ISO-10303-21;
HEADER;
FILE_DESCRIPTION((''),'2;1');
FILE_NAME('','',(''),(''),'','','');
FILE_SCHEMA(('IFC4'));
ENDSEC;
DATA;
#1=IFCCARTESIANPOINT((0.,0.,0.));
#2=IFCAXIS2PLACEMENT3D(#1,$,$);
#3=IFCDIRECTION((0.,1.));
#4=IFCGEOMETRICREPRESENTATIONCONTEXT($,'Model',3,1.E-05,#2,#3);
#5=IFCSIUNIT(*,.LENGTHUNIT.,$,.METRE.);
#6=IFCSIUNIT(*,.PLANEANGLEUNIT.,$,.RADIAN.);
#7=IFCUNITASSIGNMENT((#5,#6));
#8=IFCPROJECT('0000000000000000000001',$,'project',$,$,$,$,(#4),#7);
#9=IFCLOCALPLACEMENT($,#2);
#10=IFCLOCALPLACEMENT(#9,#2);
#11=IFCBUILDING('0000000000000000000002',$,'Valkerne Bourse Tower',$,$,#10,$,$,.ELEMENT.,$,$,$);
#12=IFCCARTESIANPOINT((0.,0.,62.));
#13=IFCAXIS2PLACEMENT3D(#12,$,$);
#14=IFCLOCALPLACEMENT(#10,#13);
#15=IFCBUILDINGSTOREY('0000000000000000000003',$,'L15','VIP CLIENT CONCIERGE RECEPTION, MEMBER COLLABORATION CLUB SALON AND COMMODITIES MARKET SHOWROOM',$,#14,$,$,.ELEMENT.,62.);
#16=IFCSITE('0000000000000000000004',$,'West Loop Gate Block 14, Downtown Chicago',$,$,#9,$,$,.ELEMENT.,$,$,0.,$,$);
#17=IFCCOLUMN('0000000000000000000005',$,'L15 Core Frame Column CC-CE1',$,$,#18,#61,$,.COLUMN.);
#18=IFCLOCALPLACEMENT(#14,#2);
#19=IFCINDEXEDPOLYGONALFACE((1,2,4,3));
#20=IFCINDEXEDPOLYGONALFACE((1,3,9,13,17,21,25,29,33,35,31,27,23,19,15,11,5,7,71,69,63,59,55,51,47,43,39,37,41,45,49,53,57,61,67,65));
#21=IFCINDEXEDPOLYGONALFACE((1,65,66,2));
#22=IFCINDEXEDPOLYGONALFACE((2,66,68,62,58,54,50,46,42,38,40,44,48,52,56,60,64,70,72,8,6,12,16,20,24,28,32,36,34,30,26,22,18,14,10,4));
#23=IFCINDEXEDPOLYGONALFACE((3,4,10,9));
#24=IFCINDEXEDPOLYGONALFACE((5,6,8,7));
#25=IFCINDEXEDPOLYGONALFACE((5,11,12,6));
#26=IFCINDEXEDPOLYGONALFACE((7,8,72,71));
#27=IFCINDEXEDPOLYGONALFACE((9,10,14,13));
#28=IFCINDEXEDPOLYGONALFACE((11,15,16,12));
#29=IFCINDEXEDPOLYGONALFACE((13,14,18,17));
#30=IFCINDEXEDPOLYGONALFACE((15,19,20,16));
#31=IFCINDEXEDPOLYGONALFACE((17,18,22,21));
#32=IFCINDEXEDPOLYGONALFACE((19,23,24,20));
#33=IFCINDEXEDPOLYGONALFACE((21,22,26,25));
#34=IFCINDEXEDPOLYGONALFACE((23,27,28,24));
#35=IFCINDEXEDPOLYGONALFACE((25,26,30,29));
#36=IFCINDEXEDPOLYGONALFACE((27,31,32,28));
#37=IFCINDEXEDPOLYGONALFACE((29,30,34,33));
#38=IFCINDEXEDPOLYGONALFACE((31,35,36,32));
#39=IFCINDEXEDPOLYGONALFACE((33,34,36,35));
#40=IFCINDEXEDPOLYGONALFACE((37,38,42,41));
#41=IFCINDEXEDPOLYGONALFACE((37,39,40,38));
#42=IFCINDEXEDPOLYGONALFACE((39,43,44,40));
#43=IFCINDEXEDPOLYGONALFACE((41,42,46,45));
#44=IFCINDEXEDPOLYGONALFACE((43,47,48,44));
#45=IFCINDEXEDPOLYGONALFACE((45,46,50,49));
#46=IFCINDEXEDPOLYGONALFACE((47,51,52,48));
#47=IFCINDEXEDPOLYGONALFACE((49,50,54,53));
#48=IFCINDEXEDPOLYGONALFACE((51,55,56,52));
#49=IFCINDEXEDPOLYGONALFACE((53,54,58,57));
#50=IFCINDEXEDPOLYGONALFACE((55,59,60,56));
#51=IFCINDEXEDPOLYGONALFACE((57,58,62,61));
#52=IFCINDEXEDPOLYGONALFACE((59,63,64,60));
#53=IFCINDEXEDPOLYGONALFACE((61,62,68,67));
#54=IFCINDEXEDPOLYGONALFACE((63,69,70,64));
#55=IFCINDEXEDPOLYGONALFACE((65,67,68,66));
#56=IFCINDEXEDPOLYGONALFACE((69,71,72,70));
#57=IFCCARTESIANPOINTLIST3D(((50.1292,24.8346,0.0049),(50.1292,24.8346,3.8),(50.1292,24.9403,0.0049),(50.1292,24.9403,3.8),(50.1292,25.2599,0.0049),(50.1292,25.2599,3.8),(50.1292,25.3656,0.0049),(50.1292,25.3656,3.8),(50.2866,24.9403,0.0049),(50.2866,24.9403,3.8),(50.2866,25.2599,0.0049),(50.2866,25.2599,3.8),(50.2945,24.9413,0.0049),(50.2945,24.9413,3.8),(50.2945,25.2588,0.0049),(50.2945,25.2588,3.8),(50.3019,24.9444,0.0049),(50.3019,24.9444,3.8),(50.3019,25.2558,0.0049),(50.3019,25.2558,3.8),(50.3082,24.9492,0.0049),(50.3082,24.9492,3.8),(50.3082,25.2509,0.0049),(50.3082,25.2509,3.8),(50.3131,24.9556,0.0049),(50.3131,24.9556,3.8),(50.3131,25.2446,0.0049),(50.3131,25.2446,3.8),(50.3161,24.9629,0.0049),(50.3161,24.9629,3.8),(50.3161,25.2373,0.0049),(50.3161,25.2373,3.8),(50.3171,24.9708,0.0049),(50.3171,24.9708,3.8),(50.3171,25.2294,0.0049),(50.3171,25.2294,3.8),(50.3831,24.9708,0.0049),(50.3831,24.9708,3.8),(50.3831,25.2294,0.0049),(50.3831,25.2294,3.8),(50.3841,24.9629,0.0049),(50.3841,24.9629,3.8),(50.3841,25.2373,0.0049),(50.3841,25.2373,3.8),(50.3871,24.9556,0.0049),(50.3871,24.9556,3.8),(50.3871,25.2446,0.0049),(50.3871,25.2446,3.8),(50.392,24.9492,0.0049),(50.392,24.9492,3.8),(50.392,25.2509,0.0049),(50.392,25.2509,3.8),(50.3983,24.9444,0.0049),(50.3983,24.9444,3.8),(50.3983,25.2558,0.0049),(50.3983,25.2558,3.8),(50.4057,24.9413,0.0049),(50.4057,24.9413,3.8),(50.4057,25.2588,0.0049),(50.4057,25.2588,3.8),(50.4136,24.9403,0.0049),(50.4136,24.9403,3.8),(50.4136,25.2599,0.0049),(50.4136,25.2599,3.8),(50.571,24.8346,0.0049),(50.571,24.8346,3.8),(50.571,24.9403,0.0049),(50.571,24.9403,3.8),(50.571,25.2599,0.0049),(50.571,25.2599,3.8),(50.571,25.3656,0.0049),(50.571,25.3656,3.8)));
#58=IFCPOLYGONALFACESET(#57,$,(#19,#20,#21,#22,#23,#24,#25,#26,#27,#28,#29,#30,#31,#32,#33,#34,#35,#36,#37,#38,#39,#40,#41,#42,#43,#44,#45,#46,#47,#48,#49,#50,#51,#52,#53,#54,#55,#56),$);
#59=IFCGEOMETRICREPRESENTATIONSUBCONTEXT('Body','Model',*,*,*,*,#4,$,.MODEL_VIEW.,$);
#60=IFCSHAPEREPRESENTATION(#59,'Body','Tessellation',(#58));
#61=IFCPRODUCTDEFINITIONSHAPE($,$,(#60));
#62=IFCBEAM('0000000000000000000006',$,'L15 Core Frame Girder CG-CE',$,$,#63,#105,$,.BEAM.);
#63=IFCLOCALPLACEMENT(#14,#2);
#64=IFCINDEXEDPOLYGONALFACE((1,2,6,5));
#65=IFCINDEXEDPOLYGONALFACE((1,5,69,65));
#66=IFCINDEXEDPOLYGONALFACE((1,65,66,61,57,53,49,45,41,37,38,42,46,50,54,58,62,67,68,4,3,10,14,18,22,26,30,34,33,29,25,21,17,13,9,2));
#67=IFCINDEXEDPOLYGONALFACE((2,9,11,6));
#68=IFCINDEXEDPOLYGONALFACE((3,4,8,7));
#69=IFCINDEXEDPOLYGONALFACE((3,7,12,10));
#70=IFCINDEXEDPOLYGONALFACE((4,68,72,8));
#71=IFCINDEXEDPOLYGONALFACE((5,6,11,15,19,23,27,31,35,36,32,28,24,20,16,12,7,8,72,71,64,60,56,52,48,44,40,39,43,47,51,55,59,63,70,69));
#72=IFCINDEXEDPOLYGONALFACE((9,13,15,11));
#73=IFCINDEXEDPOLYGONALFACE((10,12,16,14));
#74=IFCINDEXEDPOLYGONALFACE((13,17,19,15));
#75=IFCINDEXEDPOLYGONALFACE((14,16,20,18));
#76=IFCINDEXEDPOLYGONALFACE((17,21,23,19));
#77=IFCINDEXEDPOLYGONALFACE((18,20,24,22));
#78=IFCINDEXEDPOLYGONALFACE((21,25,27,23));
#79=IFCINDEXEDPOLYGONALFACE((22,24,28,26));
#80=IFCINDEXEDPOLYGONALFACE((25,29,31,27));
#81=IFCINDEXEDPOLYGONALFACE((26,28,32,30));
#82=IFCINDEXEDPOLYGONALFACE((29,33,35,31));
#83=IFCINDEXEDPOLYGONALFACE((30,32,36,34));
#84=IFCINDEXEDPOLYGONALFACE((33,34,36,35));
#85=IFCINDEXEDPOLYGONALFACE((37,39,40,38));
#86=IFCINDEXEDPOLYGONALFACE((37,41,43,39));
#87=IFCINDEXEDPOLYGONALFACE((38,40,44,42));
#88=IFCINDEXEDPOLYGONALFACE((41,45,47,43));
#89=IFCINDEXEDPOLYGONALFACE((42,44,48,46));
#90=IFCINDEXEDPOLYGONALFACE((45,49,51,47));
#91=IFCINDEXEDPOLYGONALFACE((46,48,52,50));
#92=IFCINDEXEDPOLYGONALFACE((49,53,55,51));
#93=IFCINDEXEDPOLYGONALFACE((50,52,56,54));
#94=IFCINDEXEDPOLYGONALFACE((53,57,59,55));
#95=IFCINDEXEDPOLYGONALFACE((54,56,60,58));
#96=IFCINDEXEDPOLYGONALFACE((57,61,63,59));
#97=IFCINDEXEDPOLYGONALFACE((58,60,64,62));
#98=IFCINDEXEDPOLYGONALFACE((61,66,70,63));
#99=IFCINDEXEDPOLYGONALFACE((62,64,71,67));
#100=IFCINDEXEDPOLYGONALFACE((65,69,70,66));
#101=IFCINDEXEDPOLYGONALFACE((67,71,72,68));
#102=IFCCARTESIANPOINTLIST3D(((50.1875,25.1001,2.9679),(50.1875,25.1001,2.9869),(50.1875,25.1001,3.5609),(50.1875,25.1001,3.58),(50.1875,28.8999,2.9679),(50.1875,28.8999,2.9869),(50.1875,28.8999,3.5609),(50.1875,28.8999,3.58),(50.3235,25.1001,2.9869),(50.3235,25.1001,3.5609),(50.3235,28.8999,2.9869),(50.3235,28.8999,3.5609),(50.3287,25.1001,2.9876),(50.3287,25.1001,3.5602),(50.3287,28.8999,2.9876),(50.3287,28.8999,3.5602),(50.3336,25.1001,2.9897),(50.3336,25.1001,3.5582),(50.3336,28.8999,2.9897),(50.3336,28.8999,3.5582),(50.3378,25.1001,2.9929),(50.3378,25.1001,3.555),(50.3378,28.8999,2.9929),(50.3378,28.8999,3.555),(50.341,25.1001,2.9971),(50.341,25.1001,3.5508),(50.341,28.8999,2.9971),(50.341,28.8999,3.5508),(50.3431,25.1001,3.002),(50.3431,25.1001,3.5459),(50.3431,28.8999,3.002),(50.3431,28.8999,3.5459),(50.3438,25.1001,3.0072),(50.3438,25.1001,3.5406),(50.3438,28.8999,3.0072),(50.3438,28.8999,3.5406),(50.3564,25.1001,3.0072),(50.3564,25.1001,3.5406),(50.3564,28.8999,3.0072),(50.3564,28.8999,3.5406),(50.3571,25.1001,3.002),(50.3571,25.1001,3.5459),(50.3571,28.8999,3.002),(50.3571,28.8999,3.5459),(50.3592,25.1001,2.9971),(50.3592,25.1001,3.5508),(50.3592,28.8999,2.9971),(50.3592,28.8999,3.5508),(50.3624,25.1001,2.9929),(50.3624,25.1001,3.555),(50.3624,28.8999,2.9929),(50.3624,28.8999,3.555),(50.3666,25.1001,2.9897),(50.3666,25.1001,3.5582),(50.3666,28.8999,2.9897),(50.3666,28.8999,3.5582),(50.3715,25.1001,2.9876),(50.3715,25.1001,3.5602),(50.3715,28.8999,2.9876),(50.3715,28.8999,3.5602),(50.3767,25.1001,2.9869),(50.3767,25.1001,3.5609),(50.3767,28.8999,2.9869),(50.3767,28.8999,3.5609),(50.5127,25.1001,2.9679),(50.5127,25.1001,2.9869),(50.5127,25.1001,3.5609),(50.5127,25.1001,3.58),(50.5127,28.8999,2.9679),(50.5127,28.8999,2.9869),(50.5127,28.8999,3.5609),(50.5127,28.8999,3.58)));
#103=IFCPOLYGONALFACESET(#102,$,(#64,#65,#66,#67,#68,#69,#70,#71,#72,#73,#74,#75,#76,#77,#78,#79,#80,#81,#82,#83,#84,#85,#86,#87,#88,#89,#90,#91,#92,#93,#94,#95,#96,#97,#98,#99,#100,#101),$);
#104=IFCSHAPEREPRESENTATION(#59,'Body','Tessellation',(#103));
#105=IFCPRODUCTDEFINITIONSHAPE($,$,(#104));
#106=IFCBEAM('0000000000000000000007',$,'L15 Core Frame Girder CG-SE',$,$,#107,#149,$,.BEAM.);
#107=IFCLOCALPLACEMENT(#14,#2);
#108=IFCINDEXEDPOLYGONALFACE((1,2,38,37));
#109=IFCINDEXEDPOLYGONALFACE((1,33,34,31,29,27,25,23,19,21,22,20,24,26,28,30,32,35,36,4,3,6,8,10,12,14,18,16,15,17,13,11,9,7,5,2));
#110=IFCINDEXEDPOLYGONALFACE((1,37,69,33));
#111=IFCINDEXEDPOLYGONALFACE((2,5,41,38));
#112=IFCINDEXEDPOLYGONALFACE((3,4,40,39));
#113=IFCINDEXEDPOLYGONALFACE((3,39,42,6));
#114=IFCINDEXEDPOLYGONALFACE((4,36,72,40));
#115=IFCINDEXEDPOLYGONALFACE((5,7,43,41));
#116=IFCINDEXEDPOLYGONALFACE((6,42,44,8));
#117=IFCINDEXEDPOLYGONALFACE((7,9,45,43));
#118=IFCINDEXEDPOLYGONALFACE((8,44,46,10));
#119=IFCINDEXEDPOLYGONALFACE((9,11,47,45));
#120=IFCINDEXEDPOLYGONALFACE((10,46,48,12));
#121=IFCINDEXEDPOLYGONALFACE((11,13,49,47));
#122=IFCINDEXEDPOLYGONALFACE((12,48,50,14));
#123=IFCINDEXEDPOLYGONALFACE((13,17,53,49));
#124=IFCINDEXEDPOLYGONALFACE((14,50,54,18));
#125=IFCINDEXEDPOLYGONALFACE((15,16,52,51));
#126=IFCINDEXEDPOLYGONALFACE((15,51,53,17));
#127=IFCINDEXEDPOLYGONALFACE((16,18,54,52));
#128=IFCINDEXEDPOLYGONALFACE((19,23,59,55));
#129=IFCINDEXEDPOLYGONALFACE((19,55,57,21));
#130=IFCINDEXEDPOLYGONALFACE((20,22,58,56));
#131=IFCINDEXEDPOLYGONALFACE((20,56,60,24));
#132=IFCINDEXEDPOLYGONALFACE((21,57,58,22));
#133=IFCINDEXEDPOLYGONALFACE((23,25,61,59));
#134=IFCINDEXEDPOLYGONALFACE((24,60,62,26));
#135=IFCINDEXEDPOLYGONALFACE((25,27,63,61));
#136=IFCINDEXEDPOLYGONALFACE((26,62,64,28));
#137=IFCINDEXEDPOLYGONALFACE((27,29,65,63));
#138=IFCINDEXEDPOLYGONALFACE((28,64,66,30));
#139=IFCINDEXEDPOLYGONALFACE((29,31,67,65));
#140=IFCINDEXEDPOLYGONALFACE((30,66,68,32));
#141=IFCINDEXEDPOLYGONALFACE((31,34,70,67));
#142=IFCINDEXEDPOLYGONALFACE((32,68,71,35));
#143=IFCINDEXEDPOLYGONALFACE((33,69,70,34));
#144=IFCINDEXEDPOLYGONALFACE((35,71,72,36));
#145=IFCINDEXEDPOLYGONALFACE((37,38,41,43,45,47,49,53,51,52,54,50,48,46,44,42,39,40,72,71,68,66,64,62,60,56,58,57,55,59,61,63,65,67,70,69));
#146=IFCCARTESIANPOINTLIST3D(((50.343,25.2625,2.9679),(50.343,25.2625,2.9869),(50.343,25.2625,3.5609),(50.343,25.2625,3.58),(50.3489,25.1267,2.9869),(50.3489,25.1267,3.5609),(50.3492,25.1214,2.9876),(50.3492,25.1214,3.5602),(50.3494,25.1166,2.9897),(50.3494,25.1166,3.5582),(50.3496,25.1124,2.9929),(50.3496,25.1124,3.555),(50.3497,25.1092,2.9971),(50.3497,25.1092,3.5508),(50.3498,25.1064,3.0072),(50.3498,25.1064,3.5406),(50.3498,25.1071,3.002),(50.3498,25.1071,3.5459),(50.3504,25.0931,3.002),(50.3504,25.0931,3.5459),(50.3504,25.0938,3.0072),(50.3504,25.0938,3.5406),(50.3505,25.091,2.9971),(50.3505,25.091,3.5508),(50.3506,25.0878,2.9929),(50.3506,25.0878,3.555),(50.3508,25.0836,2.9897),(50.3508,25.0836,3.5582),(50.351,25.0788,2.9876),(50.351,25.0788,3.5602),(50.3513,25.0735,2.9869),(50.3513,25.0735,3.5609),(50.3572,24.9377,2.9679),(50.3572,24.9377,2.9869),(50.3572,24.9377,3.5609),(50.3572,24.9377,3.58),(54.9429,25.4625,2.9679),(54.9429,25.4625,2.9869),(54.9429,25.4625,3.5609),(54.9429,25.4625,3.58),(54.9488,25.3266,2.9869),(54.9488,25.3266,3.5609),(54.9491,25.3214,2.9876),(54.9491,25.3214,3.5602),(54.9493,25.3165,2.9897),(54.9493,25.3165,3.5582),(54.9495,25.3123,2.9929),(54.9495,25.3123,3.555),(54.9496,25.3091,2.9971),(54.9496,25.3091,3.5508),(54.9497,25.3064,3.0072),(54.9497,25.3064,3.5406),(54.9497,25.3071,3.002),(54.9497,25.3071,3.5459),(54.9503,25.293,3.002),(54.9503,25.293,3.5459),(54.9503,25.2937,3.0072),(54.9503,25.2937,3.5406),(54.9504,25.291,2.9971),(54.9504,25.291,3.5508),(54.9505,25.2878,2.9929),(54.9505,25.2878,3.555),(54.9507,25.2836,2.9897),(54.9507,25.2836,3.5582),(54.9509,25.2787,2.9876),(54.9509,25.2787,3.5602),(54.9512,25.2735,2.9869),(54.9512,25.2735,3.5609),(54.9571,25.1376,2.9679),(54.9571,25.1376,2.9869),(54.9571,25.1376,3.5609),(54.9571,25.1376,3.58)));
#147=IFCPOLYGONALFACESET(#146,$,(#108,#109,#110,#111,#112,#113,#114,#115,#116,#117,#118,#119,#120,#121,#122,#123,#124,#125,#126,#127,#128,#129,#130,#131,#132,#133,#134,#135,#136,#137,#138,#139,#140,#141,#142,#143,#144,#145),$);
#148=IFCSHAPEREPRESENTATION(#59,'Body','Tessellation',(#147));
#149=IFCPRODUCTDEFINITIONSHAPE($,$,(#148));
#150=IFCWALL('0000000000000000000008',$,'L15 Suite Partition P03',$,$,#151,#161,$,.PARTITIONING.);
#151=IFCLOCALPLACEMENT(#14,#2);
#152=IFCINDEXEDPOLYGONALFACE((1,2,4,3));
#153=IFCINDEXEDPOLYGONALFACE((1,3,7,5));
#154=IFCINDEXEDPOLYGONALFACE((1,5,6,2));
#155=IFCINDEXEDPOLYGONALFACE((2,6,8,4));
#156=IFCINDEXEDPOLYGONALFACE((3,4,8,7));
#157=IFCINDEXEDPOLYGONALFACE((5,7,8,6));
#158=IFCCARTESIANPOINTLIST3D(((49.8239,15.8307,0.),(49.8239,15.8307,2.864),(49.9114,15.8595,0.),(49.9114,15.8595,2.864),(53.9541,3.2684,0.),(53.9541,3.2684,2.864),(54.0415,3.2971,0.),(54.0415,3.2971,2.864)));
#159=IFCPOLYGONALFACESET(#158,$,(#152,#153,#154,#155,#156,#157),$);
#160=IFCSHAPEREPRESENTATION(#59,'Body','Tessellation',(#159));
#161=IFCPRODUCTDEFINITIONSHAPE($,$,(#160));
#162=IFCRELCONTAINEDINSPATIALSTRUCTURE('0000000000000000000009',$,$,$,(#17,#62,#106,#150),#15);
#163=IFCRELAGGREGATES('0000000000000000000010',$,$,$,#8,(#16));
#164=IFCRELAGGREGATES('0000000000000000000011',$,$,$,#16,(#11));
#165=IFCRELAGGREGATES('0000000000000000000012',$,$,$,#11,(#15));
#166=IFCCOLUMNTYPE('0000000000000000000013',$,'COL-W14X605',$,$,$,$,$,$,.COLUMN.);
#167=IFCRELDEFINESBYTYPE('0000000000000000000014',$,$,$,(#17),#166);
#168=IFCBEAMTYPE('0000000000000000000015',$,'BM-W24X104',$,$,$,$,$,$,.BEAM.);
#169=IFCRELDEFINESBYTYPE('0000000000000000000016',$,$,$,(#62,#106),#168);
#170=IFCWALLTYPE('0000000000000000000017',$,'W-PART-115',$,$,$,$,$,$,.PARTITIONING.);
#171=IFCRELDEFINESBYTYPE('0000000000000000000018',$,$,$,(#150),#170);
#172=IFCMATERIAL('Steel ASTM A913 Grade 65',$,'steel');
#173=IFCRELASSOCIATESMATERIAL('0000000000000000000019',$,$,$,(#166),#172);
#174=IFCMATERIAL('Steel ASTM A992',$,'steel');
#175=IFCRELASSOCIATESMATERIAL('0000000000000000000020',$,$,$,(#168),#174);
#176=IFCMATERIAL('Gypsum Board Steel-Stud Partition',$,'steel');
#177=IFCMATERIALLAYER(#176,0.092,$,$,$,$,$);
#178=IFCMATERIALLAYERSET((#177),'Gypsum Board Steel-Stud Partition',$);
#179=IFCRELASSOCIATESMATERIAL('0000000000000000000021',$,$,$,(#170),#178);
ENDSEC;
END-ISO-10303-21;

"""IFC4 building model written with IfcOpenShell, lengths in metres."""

from ifc_helpers import new_model, si_unit, direction, frame, frame_2d, origin, origin_2d, place, context, subcontext, project, spatial, rectangle, i_section, extrude, material, layer, layer_set, material_profile, profile_set, type_object, element, save


model = new_model("IFC4")

# Units and contexts
model_context = context("Model", 3, precision=1e-05, world=origin(), true_north=direction((0.0, 1.0)))
body_context = subcontext(model_context, "Body", "Model", "MODEL_VIEW")
ifc_project = project(units=[si_unit("LENGTHUNIT", "METRE"), si_unit("PLANEANGLEUNIT", "RADIAN")], contexts=[model_context])

# Site, building, storey
site_placement = place(None, origin())
site = spatial("IfcSite", under=ifc_project, at=site_placement, Name="West Loop Gate Block 14, Downtown Chicago", CompositionType="ELEMENT", RefElevation=0.0)
building_placement = place(site_placement, origin())
building = spatial("IfcBuilding", under=site, at=building_placement, Name="Valkerne Bourse Tower", CompositionType="ELEMENT")
storey_placement = place(building_placement, frame((0.0, 0.0, 62.0)))
storey = spatial("IfcBuildingStorey", under=building, at=storey_placement, Name="L15", Description="VIP CLIENT CONCIERGE RECEPTION, MEMBER COLLABORATION CLUB SALON AND COMMODITIES MARKET SHOWROOM", CompositionType="ELEMENT", Elevation=62.0)

# Column
ifc_material_1 = material(Name="Steel ASTM A913 Grade 65", Category="steel")
ifc_material_profile_1 = material_profile(ifc_material_1, i_section(OverallWidth=0.4419, OverallDepth=0.531, WebThickness=0.0659, FlangeThickness=0.1057, FilletRadius=0.0305, at=origin_2d()), Name="W14X605")
ifc_profile_set_1 = profile_set([ifc_material_profile_1], Name="Steel ASTM A913 Grade 65")
column_type = type_object("IfcColumnType", Name="COL-W14X605", PredefinedType="COLUMN", material=ifc_profile_set_1)
column_placement = place(storey_placement, frame((50.3501, 25.1001, 0.0049), z_axis=(0.0, 0.0, 1.0), x_axis=(1.0, 0.0, 0.0)))
element("IfcColumn", 1, at=column_placement, inside=storey, type_object=column_type, Name="L15 Core Frame Column CC-CE1", PredefinedType="COLUMN", context=body_context, shape_type="SweptSolid", body=[
    extrude(i_section(OverallWidth=0.4419, OverallDepth=0.531, WebThickness=0.0659, FlangeThickness=0.1057, FilletRadius=0.0305, at=origin_2d()), origin(), (0.0, 0.0, 1.0), 3.7952),
])

# Beams
ifc_material_2 = material(Name="Steel ASTM A992", Category="steel")
ifc_material_profile_2 = material_profile(ifc_material_2, i_section(OverallWidth=0.3252, OverallDepth=0.6121, WebThickness=0.0127, FlangeThickness=0.019, FilletRadius=0.0203, at=origin_2d()), Name="W24X104")
ifc_profile_set_2 = profile_set([ifc_material_profile_2], Name="Steel ASTM A992")
beam_type = type_object("IfcBeamType", Name="BM-W24X104", PredefinedType="BEAM", material=ifc_profile_set_2)
beam_1_placement = place(storey_placement, frame((50.3501, 25.1001, 3.2739), z_axis=(0.0, 1.0, 0.0), x_axis=(-1.0, 0.0, 0.0)))
element("IfcBeam", 2, at=beam_1_placement, inside=storey, type_object=beam_type, Name="L15 Core Frame Girder CG-CE", PredefinedType="BEAM", context=body_context, shape_type="SweptSolid", body=[
    extrude(i_section(OverallWidth=0.3252, OverallDepth=0.6121, WebThickness=0.0127, FlangeThickness=0.019, FilletRadius=0.0203, at=origin_2d()), origin(), (0.0, 0.0, 1.0), 3.7998),
])
beam_2_placement = place(storey_placement, frame((50.3501, 25.1001, 3.2739), z_axis=(0.999057, 0.043428, 0.0), x_axis=(-0.043428, 0.999057, 0.0)))
element("IfcBeam", 3, at=beam_2_placement, inside=storey, type_object=beam_type, Name="L15 Core Frame Girder CG-SE", PredefinedType="BEAM", context=body_context, shape_type="SweptSolid", body=[
    extrude(i_section(OverallWidth=0.3252, OverallDepth=0.6121, WebThickness=0.0127, FlangeThickness=0.019, FilletRadius=0.0203, at=origin_2d()), origin(), (0.0, 0.0, 1.0), 4.6042),
])

# Wall
ifc_material_3 = material(Name="Gypsum Board Steel-Stud Partition", Category="steel")
ifc_layer_1 = layer(ifc_material_3, 0.092)
ifc_layer_set_1 = layer_set([ifc_layer_1], Name="Gypsum Board Steel-Stud Partition")
wall_type_1 = type_object("IfcWallType", Name="W-PART-115", PredefinedType="PARTITIONING", material=ifc_layer_set_1)
wall_1_placement = place(storey_placement, frame((49.8677, 15.845, 0.0), z_axis=(0.0, 0.0, 1.0), x_axis=(0.312326, -0.949975, 0.0)))
element("IfcWall", 4, at=wall_1_placement, inside=storey, type_object=wall_type_1, Name="L15 Suite Partition P03", PredefinedType="PARTITIONING", context=body_context, shape_type="SweptSolid", body=[
    extrude(rectangle(XDim=13.2239, YDim=0.092, at=frame_2d((6.6118, 0.0))), origin(), (0.0, 0.0, 1.0), 2.864),
])

save(model, "model.ifc")
